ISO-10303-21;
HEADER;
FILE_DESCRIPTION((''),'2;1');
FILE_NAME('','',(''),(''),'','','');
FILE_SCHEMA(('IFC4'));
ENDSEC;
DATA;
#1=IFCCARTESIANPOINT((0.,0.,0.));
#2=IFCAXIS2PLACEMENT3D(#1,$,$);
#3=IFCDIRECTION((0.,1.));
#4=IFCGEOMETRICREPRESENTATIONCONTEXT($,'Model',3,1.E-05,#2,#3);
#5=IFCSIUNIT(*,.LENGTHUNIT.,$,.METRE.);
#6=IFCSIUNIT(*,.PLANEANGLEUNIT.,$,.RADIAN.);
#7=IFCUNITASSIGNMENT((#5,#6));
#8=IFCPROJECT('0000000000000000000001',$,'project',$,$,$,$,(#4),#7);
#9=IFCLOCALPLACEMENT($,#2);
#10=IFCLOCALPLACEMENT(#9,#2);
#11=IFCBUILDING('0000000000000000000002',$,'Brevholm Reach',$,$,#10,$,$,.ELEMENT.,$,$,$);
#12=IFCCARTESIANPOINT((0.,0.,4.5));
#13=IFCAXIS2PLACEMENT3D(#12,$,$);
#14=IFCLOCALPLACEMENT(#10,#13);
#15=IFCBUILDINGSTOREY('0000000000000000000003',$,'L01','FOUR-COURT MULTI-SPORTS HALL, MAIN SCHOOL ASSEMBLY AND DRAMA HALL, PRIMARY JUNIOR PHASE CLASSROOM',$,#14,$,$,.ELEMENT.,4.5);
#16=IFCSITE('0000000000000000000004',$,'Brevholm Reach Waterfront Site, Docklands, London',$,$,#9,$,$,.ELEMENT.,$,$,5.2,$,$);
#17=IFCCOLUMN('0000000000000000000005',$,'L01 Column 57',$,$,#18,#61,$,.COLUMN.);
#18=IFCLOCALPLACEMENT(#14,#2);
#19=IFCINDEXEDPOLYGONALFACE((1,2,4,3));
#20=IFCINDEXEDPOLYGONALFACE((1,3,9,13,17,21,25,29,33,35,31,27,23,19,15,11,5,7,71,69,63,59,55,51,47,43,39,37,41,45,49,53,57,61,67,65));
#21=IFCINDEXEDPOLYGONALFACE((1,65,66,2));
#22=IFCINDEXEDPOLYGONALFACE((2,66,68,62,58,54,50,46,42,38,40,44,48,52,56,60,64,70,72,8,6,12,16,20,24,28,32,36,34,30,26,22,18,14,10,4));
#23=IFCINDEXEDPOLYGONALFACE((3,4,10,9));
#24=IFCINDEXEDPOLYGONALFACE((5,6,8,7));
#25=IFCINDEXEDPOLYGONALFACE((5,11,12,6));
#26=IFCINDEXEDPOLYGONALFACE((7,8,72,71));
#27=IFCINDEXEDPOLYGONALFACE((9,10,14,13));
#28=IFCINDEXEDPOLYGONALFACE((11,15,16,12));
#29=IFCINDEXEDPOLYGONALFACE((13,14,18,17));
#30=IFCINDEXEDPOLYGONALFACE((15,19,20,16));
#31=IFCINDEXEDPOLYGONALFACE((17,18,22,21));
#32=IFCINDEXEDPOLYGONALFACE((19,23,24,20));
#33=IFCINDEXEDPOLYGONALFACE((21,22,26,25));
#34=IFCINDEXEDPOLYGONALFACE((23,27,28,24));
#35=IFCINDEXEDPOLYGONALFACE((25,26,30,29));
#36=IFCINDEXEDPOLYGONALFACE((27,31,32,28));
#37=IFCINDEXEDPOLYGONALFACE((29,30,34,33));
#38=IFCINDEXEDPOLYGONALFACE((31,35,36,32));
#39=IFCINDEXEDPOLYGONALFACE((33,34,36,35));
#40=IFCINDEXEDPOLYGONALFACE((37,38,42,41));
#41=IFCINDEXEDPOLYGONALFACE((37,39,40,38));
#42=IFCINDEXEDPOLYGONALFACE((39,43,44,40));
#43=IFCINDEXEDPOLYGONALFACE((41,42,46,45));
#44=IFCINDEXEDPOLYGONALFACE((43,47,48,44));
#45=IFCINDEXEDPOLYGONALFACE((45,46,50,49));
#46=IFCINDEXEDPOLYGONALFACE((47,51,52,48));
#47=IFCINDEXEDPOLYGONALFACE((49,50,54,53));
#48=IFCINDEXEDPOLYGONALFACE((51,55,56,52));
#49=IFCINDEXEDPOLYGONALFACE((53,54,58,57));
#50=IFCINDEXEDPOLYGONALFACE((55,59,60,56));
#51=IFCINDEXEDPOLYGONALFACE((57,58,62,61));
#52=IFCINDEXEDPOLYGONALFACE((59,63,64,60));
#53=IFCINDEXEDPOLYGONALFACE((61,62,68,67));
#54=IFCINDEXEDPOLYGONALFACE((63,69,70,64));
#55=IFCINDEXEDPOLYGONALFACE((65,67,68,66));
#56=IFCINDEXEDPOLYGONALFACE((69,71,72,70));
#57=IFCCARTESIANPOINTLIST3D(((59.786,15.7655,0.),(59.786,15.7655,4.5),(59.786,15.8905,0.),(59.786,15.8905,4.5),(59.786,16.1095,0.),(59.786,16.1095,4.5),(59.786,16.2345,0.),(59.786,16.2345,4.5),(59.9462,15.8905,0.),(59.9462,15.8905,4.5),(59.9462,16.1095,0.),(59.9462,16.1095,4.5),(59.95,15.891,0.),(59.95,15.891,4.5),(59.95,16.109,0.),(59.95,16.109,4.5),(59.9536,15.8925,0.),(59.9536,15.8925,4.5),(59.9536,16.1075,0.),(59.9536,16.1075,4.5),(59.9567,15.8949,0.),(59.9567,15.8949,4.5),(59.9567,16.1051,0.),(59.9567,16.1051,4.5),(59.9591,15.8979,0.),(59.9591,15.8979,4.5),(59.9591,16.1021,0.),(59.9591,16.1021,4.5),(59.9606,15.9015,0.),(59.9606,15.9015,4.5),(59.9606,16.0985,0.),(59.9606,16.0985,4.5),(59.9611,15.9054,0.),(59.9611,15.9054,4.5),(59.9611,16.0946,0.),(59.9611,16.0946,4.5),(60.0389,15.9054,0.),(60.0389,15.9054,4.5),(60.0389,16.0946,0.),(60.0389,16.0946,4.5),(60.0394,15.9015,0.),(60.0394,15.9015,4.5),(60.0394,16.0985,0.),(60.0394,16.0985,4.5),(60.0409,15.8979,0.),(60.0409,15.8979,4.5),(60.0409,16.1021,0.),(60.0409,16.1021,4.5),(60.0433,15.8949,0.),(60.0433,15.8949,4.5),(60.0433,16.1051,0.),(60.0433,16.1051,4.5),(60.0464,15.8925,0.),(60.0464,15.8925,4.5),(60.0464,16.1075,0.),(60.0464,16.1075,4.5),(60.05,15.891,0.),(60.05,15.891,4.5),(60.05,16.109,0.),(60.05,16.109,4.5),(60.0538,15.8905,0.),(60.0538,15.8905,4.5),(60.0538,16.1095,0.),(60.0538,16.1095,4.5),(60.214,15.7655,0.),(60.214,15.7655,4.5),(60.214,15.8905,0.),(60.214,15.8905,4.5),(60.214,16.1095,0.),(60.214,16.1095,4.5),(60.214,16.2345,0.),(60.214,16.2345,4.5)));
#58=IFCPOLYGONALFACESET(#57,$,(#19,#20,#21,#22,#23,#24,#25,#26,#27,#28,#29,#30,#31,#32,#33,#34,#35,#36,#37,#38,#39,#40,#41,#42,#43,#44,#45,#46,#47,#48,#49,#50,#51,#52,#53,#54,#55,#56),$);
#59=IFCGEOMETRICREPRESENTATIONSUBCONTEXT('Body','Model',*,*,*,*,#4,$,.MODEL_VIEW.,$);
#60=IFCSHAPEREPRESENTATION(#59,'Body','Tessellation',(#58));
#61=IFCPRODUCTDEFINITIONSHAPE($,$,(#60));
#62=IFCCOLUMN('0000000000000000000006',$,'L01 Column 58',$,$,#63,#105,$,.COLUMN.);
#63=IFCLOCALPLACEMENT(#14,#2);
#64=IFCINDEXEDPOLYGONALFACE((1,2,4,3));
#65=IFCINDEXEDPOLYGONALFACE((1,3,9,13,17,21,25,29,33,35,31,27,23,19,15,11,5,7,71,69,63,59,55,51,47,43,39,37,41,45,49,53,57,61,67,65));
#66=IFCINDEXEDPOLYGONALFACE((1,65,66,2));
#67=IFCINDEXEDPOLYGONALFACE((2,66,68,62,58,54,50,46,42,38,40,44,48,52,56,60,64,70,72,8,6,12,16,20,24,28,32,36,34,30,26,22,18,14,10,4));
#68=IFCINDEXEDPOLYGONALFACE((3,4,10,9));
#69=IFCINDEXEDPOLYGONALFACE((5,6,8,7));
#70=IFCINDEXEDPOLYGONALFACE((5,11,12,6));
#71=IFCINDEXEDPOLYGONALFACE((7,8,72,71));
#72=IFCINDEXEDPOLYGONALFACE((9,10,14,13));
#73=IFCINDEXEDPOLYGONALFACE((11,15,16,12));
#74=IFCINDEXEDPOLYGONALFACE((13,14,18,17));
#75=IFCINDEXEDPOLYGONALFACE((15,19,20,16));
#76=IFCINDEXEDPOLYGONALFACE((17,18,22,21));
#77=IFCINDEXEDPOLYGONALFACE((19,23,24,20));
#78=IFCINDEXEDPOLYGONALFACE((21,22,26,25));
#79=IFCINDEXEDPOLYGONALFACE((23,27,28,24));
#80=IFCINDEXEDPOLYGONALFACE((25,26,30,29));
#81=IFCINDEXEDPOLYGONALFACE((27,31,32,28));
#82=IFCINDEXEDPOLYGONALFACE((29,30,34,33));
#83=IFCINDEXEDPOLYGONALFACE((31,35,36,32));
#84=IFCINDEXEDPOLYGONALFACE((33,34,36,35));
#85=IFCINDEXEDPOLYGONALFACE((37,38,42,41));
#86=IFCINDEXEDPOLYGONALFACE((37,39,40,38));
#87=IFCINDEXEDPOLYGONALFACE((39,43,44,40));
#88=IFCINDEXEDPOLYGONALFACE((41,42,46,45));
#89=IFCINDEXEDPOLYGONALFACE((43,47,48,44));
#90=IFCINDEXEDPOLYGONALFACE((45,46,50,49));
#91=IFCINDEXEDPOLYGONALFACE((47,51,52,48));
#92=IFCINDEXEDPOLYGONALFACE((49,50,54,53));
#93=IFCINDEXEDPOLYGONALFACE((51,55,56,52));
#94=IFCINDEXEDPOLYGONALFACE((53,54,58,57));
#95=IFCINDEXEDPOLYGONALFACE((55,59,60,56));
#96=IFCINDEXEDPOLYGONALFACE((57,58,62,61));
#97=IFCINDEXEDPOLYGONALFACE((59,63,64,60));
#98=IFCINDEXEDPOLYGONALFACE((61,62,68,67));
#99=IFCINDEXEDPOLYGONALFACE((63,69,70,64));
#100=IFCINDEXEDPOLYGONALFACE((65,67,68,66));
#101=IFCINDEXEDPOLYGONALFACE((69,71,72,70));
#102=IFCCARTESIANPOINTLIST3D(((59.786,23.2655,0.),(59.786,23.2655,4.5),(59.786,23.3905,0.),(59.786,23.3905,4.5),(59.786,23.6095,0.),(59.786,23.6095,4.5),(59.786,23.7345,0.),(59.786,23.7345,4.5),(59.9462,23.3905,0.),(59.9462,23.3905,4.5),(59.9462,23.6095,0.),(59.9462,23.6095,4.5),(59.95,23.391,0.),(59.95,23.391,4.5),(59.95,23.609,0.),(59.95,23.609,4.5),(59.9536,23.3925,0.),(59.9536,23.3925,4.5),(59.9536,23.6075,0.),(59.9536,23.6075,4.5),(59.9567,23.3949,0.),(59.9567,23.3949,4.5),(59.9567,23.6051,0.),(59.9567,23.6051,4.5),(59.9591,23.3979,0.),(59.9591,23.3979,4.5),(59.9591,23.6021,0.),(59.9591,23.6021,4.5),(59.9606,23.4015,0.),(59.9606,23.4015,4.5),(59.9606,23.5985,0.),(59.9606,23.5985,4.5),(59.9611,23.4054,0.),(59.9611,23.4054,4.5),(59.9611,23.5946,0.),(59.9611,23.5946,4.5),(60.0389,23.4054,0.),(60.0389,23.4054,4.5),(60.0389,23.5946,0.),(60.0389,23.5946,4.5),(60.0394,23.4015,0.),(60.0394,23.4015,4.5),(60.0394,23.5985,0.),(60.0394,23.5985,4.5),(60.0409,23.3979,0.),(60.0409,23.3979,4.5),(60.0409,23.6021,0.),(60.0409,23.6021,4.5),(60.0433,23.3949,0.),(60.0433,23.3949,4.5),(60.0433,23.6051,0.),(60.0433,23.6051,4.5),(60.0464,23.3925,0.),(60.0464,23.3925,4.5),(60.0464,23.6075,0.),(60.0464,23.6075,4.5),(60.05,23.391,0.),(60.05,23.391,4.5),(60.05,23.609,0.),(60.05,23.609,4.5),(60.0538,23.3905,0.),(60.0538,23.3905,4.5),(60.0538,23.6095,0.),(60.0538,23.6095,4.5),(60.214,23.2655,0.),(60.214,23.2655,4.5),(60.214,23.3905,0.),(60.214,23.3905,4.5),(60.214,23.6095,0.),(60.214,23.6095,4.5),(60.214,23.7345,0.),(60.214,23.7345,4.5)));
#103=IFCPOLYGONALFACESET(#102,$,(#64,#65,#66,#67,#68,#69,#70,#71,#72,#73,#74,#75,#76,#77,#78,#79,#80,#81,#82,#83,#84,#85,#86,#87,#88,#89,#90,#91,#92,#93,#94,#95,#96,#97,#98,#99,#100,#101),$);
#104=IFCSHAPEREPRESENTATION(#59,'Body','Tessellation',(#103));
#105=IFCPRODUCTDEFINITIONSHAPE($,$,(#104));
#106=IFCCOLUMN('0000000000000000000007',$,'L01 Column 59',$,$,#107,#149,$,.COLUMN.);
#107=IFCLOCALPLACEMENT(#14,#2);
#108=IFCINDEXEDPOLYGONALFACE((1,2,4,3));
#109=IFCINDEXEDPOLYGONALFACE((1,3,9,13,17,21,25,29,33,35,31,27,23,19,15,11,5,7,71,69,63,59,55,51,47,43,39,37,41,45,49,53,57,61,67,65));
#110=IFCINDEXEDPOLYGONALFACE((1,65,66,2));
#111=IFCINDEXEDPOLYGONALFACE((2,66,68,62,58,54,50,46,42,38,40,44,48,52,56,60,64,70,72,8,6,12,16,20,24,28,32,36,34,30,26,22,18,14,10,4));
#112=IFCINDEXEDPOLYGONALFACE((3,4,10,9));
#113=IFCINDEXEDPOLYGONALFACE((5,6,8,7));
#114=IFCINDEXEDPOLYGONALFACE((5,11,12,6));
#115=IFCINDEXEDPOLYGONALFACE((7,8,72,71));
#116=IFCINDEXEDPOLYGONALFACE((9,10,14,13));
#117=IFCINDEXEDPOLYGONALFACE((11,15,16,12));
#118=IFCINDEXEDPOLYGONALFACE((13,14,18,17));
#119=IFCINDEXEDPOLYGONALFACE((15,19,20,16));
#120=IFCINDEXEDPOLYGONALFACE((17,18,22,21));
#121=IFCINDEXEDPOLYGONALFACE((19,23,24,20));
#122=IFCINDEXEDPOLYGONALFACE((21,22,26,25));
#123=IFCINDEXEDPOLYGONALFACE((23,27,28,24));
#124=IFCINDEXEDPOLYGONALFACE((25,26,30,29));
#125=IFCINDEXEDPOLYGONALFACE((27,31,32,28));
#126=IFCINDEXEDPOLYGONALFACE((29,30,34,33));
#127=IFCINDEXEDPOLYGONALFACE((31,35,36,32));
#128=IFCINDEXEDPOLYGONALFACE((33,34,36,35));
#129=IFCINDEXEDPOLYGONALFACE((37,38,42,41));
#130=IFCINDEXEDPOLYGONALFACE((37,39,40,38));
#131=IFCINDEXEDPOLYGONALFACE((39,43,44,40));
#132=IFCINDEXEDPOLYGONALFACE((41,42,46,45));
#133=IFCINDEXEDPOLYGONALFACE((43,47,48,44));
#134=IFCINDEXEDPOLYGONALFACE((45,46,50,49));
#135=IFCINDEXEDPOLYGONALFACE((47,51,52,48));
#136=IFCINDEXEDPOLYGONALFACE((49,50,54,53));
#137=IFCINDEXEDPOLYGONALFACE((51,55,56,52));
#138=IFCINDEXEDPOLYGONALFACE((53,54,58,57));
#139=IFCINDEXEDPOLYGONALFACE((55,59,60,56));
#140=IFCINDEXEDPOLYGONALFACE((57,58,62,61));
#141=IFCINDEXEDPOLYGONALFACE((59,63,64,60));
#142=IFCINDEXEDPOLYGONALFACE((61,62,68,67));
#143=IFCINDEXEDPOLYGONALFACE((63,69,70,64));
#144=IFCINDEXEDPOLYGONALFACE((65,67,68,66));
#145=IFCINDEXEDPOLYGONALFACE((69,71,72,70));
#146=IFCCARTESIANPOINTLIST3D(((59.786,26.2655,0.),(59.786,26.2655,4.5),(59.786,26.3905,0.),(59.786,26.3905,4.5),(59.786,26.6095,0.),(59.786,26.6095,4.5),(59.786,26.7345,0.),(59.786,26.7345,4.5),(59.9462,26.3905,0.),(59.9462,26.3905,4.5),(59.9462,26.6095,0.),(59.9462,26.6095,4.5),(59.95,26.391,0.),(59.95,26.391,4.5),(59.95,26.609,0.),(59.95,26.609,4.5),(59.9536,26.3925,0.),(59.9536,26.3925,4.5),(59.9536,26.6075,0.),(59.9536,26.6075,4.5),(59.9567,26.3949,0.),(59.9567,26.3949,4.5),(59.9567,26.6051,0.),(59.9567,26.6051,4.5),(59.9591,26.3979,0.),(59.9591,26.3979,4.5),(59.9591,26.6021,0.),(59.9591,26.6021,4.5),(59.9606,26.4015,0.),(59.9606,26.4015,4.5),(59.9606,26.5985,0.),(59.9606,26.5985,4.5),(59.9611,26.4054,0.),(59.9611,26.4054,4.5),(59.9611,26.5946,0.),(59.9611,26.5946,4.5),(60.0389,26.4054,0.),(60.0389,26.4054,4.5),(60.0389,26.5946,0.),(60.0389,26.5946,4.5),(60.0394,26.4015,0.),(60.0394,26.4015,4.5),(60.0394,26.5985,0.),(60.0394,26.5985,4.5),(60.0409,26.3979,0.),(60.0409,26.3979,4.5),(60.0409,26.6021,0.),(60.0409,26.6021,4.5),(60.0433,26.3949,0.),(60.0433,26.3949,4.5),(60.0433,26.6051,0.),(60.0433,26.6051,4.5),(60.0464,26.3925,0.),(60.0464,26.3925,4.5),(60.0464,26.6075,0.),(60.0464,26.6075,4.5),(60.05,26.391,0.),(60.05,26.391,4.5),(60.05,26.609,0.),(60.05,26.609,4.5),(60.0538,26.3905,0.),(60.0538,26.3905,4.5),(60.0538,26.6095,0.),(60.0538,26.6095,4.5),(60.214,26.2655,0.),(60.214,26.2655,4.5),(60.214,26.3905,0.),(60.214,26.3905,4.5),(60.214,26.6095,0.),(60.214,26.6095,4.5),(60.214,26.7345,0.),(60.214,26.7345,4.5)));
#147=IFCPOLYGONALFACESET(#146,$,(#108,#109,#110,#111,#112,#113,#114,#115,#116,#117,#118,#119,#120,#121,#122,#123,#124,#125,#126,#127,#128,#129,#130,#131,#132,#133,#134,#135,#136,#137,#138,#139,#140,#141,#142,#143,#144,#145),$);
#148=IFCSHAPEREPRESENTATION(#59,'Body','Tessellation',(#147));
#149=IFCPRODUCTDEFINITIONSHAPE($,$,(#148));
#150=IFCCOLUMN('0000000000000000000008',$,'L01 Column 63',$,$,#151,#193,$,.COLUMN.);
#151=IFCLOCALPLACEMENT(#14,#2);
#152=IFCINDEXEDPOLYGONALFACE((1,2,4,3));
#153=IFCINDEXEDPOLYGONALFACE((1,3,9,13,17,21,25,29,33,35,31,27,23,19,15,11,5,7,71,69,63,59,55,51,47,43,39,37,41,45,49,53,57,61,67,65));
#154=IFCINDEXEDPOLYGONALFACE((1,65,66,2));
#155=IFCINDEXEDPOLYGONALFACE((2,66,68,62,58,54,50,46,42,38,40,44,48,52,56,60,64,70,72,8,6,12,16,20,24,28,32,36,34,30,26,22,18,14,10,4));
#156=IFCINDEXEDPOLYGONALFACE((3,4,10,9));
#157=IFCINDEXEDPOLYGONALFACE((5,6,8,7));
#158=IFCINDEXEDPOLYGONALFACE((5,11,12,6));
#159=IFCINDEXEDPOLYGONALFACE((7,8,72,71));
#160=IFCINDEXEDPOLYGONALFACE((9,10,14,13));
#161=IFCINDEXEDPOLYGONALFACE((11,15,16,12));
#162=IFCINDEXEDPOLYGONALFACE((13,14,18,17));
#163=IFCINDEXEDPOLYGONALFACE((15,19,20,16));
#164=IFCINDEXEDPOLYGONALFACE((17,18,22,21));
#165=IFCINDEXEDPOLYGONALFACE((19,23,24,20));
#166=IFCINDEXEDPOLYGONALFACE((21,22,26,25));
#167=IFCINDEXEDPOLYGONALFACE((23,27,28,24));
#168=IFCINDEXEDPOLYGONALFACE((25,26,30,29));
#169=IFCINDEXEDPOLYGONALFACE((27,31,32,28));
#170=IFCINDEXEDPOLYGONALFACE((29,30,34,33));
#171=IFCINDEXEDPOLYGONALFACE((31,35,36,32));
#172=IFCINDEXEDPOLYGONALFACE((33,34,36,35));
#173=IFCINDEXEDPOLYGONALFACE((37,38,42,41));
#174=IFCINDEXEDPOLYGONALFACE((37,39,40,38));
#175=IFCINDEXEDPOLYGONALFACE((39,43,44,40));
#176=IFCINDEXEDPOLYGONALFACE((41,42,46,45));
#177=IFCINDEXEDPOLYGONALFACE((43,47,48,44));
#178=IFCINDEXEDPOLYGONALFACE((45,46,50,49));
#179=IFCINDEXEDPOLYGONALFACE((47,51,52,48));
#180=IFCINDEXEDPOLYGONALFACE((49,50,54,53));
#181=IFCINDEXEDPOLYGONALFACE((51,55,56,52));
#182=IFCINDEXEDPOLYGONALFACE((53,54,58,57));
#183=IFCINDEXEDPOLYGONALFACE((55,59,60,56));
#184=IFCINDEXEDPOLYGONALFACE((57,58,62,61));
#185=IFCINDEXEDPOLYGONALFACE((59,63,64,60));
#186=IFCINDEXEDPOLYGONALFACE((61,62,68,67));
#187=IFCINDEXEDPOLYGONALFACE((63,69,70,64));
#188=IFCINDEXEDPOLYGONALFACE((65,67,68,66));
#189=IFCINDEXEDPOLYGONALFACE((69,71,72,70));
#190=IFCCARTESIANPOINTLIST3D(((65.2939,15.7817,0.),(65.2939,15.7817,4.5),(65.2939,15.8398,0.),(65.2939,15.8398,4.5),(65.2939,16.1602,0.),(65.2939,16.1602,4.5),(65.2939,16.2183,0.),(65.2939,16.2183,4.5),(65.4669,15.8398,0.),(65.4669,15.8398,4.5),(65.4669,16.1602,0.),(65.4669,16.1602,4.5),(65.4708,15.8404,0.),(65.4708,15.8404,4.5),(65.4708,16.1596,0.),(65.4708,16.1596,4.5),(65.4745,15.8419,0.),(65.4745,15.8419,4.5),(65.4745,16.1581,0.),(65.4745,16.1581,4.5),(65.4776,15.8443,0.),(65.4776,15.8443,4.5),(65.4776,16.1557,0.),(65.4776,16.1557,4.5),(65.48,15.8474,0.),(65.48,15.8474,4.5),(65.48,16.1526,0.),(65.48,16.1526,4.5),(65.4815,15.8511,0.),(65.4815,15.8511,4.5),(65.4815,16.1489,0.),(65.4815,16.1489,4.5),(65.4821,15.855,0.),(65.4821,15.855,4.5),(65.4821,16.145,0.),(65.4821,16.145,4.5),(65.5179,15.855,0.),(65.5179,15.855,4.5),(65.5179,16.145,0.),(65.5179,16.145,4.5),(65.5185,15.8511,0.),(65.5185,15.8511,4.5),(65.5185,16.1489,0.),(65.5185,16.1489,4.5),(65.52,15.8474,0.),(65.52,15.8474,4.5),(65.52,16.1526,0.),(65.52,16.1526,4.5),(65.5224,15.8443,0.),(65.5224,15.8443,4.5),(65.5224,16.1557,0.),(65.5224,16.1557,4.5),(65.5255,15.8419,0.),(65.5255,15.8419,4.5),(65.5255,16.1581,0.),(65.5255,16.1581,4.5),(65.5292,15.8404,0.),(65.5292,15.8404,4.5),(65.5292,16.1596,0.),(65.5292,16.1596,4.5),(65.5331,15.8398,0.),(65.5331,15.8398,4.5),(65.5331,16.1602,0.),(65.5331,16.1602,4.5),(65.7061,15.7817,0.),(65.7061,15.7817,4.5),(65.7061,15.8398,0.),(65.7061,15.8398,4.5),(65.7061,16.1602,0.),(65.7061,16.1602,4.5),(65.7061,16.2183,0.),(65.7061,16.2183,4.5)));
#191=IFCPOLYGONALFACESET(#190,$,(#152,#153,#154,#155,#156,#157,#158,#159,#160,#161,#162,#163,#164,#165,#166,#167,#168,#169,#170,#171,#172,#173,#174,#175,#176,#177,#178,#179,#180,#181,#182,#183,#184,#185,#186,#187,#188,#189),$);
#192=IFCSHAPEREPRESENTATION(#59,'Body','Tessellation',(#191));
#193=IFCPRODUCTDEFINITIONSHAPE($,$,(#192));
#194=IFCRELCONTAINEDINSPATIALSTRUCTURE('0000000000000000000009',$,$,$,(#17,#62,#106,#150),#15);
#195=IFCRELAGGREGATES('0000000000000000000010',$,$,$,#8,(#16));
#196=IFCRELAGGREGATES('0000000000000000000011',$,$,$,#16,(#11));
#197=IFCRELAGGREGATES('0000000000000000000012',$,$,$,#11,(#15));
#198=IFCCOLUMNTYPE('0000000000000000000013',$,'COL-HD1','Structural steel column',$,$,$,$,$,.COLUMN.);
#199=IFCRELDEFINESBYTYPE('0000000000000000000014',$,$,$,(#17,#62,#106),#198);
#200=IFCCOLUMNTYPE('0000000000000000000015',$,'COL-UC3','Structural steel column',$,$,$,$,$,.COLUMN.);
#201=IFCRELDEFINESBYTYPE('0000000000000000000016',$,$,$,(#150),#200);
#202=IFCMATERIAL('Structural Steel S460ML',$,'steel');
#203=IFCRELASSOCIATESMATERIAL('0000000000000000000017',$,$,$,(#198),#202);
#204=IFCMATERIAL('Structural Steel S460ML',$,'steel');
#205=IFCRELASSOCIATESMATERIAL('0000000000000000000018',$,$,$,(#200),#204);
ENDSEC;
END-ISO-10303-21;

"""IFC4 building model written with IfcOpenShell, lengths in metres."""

from ifc_helpers import new_model, si_unit, direction, frame, origin, origin_2d, place, context, subcontext, project, spatial, i_section, extrude, material, material_profile, profile_set, type_object, element, save


model = new_model("IFC4")

# Units and contexts
model_context = context("Model", 3, precision=1e-05, world=origin(), true_north=direction((0.0, 1.0)))
body_context = subcontext(model_context, "Body", "Model", "MODEL_VIEW")
ifc_project = project(units=[si_unit("LENGTHUNIT", "METRE"), si_unit("PLANEANGLEUNIT", "RADIAN")], contexts=[model_context])

# Site, building, storey
site_placement = place(None, origin())
site = spatial("IfcSite", under=ifc_project, at=site_placement, Name="Brevholm Reach Waterfront Site, Docklands, London", CompositionType="ELEMENT", RefElevation=5.2)
building_placement = place(site_placement, origin())
building = spatial("IfcBuilding", under=site, at=building_placement, Name="Brevholm Reach", CompositionType="ELEMENT")
storey_placement = place(building_placement, frame((0.0, 0.0, 4.5)))
storey = spatial("IfcBuildingStorey", under=building, at=storey_placement, Name="L01", Description="FOUR-COURT MULTI-SPORTS HALL, MAIN SCHOOL ASSEMBLY AND DRAMA HALL, PRIMARY JUNIOR PHASE CLASSROOM", CompositionType="ELEMENT", Elevation=4.5)

# Columns
ifc_material_1 = material(Name="Structural Steel S460ML", Category="steel")
ifc_material_profile_1 = material_profile(ifc_material_1, i_section(OverallWidth=0.428, OverallDepth=0.469, WebThickness=0.0779, FlangeThickness=0.125, FilletRadius=0.0149, at=origin_2d()), Name="HD 400x1086")
ifc_profile_set_1 = profile_set([ifc_material_profile_1], Name="Structural Steel S460ML")
column_type_1 = type_object("IfcColumnType", Name="COL-HD1", Description="Structural steel column", PredefinedType="COLUMN", material=ifc_profile_set_1)
for number, where, z_axis, x_axis, name in (
    (1, (60.0, 16.0, 0.0), (0.0, 0.0, 1.0), (1.0, 0.0, 0.0), "L01 Column 57"),
    (2, (60.0, 23.5, 0.0), (0.0, 0.0, 1.0), (1.0, 0.0, 0.0), "L01 Column 58"),
    (3, (60.0, 26.5, 0.0), (0.0, 0.0, 1.0), (1.0, 0.0, 0.0), "L01 Column 59"),
):
    element("IfcColumn", number, at=place(storey_placement, frame(where, z_axis=z_axis, x_axis=x_axis)), inside=storey, type_object=column_type_1, Name=name, PredefinedType="COLUMN", context=body_context, shape_type="SweptSolid", body=[
        extrude(i_section(OverallWidth=0.428, OverallDepth=0.469, WebThickness=0.0779, FlangeThickness=0.125, FilletRadius=0.0149, at=origin_2d()), origin(), (0.0, 0.0, 1.0), 4.5),
    ])
ifc_material_2 = material(Name="Structural Steel S460ML", Category="steel")
ifc_material_profile_2 = material_profile(ifc_material_2, i_section(OverallWidth=0.4121, OverallDepth=0.4365, WebThickness=0.0359, FlangeThickness=0.0581, FilletRadius=0.0151, at=origin_2d()), Name="UKC 356x406x467")
ifc_profile_set_2 = profile_set([ifc_material_profile_2], Name="Structural Steel S460ML")
column_type_2 = type_object("IfcColumnType", Name="COL-UC3", Description="Structural steel column", PredefinedType="COLUMN", material=ifc_profile_set_2)
for number, where, z_axis, x_axis, name in (
    (4, (65.5, 16.0, 0.0), (0.0, 0.0, 1.0), (1.0, 0.0, 0.0), "L01 Column 63"),
):
    element("IfcColumn", number, at=place(storey_placement, frame(where, z_axis=z_axis, x_axis=x_axis)), inside=storey, type_object=column_type_2, Name=name, PredefinedType="COLUMN", context=body_context, shape_type="SweptSolid", body=[
        extrude(i_section(OverallWidth=0.4121, OverallDepth=0.4365, WebThickness=0.0359, FlangeThickness=0.0581, FilletRadius=0.0151, at=origin_2d()), origin(), (0.0, 0.0, 1.0), 4.5),
    ])

save(model, "model.ifc")
